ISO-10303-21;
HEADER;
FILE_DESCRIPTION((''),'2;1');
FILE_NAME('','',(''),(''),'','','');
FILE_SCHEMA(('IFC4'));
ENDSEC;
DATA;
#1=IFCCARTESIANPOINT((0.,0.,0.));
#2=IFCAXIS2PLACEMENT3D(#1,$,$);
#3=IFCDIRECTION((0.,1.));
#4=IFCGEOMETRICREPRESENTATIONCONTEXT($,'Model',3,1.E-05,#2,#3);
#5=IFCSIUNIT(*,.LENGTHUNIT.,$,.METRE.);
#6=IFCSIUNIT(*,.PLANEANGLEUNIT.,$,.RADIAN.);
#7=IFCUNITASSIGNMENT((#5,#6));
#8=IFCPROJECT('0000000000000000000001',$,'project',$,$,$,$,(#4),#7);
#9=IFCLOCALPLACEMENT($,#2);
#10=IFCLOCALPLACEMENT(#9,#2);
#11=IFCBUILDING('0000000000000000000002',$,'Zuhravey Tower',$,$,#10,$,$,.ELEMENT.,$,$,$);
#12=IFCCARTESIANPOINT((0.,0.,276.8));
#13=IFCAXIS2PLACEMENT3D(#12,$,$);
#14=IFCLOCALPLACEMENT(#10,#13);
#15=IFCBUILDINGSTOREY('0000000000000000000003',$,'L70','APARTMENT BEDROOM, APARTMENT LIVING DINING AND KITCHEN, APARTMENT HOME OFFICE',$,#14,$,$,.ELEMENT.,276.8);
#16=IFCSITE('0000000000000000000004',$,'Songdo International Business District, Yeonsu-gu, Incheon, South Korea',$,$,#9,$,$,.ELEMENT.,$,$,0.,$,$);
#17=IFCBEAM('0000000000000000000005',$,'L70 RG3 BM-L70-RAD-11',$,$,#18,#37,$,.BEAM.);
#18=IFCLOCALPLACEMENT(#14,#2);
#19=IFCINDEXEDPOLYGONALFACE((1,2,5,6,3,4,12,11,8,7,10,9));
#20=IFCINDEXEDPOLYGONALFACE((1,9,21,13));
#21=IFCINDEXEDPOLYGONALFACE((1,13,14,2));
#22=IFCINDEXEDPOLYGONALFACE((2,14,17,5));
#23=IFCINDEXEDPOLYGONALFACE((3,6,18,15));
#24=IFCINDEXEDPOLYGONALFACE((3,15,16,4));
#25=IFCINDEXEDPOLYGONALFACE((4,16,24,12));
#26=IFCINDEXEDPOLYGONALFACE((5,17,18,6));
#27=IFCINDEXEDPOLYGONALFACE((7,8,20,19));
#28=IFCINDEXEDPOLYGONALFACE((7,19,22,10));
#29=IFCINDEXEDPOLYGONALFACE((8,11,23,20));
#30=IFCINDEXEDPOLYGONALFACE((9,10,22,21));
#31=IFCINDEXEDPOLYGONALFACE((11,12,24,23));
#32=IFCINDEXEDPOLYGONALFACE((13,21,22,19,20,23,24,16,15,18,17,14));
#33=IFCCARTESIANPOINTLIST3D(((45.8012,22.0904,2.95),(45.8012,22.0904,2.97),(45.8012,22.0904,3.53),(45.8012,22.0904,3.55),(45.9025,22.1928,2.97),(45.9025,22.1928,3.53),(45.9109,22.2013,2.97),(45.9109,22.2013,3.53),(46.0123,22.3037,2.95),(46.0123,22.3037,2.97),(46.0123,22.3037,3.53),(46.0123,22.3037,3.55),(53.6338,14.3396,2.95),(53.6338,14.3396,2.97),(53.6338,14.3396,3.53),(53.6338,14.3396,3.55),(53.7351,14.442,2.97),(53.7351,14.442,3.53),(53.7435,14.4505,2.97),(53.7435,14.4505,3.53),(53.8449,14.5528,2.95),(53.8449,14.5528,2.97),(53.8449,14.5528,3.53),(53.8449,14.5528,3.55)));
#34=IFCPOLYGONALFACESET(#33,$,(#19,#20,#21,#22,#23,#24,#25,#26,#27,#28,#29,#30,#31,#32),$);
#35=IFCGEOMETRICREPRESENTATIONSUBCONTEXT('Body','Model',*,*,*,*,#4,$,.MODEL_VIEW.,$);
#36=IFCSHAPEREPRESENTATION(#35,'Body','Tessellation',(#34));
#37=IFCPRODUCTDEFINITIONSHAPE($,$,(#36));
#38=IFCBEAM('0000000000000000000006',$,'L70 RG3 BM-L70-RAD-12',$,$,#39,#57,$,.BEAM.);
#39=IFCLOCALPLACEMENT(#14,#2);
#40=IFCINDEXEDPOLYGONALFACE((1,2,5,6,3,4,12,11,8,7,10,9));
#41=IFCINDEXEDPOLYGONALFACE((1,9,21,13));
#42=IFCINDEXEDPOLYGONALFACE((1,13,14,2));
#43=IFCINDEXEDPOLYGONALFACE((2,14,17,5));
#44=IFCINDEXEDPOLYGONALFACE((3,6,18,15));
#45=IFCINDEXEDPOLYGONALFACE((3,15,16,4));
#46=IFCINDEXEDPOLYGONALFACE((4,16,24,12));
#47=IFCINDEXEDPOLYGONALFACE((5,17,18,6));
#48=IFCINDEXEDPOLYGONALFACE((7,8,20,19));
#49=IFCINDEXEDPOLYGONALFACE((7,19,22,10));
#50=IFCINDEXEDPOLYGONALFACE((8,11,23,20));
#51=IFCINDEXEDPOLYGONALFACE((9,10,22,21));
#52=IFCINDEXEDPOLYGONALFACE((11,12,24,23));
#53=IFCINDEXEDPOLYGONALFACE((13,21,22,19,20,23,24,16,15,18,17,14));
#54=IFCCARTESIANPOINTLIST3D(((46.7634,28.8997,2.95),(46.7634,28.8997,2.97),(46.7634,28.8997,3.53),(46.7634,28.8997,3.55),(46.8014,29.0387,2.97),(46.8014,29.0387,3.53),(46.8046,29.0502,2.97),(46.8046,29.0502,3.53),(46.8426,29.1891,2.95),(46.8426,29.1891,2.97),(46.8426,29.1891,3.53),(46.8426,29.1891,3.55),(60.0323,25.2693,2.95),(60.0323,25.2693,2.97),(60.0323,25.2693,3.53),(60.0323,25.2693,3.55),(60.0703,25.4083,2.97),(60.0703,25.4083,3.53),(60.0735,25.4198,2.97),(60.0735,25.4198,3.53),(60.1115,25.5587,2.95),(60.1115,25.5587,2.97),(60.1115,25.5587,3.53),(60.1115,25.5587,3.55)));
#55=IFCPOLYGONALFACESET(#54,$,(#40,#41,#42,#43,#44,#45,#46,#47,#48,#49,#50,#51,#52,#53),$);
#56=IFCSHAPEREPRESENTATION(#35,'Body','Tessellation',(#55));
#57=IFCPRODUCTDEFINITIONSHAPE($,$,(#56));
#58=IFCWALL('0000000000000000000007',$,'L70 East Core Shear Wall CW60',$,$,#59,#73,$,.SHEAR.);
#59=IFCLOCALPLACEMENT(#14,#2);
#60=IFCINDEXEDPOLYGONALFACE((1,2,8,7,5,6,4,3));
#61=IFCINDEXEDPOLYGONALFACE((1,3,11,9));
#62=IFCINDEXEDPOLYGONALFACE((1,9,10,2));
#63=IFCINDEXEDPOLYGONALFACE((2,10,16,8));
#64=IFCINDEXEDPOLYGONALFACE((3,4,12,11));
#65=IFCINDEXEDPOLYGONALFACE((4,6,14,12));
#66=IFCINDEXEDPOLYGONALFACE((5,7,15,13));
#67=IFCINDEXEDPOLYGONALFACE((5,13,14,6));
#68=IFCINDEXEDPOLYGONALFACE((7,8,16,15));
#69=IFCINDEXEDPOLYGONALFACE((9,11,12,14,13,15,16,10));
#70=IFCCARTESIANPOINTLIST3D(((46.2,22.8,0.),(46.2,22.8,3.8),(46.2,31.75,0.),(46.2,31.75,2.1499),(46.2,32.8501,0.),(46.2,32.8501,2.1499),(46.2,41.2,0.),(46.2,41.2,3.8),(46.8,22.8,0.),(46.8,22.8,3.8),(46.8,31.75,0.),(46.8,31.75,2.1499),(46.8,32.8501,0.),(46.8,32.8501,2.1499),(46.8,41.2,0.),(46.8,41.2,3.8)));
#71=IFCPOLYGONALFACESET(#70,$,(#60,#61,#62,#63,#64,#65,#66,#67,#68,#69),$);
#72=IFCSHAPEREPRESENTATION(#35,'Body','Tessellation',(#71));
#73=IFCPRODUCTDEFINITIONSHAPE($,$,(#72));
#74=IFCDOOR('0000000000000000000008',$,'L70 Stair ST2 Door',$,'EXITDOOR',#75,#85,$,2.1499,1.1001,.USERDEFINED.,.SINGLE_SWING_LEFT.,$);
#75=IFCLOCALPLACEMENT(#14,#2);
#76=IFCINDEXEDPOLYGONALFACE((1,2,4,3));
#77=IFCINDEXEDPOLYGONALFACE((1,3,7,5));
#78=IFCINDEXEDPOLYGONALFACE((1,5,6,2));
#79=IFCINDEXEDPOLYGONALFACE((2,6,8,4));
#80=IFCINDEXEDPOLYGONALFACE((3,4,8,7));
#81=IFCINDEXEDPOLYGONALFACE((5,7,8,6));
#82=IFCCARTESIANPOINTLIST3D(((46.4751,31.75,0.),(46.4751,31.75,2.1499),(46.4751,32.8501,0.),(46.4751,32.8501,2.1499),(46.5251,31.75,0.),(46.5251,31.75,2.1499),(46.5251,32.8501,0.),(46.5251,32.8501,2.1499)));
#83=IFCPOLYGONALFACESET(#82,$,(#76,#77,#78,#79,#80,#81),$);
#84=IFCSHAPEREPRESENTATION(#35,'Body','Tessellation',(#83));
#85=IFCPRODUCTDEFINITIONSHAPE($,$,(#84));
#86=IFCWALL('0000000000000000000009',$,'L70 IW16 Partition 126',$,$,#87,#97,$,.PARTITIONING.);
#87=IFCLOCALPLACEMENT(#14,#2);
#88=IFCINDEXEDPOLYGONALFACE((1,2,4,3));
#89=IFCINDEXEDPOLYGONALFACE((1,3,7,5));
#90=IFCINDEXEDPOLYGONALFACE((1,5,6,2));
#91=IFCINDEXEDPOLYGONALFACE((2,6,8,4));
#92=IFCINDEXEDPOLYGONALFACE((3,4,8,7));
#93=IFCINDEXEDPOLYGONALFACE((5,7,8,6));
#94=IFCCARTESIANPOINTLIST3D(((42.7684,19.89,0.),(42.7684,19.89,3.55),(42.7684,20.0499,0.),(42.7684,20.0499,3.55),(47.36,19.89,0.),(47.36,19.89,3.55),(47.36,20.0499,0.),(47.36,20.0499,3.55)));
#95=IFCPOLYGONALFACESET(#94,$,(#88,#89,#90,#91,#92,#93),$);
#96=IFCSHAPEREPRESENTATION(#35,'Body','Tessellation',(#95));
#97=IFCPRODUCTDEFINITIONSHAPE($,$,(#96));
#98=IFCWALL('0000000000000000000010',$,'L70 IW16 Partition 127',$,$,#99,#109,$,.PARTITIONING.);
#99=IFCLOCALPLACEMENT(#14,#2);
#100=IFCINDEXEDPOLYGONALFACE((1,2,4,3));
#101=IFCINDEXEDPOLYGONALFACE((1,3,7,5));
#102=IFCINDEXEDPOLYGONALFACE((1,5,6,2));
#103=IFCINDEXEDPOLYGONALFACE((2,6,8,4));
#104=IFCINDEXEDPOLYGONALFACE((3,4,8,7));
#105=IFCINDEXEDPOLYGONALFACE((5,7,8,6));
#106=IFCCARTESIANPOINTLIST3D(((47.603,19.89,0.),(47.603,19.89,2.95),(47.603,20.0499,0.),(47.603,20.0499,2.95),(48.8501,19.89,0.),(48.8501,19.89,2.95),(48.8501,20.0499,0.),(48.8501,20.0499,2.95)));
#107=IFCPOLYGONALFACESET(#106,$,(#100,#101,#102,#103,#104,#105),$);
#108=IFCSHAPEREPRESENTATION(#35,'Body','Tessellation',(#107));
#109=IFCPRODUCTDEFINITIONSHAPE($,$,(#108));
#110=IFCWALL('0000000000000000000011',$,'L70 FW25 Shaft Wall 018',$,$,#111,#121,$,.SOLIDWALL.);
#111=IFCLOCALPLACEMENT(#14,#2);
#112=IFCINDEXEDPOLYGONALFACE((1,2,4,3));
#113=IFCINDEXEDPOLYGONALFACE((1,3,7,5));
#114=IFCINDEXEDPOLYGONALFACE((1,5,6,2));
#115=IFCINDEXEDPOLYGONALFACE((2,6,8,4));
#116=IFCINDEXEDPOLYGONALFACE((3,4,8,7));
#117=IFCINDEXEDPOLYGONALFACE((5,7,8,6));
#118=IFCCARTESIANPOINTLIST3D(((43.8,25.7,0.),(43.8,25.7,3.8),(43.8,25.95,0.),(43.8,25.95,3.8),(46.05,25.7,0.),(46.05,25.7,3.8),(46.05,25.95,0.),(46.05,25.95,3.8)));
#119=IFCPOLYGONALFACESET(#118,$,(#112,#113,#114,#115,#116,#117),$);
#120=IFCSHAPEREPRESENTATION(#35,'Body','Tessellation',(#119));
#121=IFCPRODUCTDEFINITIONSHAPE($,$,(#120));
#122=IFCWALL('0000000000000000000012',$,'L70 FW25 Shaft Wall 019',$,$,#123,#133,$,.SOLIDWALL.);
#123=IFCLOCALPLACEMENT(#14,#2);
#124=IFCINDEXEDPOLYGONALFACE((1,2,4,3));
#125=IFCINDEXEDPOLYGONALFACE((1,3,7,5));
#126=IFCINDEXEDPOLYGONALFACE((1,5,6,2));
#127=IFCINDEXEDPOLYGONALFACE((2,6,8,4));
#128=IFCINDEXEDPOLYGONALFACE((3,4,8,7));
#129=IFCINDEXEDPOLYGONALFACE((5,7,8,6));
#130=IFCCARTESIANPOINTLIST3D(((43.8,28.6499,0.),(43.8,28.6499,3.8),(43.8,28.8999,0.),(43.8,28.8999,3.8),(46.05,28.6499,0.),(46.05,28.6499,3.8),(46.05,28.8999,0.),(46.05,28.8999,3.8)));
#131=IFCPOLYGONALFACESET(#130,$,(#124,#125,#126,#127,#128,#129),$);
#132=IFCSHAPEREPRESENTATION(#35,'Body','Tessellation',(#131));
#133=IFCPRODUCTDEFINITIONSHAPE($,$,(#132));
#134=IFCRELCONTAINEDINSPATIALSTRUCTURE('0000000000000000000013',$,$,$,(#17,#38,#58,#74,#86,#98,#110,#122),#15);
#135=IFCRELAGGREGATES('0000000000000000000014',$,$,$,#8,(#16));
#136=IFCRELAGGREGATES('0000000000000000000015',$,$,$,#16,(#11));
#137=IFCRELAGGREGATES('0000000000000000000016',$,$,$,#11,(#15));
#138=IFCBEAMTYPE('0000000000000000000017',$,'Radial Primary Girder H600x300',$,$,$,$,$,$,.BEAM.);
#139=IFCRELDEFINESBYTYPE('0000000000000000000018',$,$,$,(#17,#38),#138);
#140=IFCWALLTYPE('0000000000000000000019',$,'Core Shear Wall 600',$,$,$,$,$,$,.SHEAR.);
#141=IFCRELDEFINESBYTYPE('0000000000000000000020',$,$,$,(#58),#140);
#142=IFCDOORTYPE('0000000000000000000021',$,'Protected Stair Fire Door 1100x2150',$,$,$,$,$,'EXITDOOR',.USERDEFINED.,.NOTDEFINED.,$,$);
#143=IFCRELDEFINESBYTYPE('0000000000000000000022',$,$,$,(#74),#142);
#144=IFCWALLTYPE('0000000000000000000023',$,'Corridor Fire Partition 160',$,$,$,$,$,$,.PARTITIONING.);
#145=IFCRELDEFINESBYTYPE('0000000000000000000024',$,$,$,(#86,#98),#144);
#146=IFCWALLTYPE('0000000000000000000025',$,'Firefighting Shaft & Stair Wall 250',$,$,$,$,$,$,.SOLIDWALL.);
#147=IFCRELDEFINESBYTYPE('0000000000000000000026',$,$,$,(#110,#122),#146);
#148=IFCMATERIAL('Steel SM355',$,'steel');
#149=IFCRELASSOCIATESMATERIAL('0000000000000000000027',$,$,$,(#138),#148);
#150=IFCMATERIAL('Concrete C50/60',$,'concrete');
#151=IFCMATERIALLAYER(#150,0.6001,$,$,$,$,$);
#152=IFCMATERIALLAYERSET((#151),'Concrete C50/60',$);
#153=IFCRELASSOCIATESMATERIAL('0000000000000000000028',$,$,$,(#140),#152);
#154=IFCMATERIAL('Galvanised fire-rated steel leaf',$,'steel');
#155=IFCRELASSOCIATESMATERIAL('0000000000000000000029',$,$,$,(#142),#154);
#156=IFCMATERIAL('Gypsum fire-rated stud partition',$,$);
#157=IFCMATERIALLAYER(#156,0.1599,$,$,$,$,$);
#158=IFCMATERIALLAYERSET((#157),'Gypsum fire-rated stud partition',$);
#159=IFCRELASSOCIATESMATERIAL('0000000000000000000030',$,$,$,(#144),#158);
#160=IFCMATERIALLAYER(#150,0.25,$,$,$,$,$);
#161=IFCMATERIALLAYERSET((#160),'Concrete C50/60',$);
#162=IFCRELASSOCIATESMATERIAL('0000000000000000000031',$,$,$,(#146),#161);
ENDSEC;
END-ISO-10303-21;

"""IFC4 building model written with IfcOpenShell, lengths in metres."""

from ifc_helpers import new_model, si_unit, direction, frame, frame_2d, origin, origin_2d, place, context, subcontext, project, spatial, rectangle, i_section, extrude, material, layer, layer_set, material_profile, profile_set, type_object, element, fill, save


model = new_model("IFC4")

# Units and contexts
model_context = context("Model", 3, precision=1e-05, world=origin(), true_north=direction((0.0, 1.0)))
body_context = subcontext(model_context, "Body", "Model", "MODEL_VIEW")
ifc_project = project(units=[si_unit("LENGTHUNIT", "METRE"), si_unit("PLANEANGLEUNIT", "RADIAN")], contexts=[model_context])

# Site, building, storey
site_placement = place(None, origin())
site = spatial("IfcSite", under=ifc_project, at=site_placement, Name="Songdo International Business District, Yeonsu-gu, Incheon, South Korea", CompositionType="ELEMENT", RefElevation=0.0)
building_placement = place(site_placement, origin())
building = spatial("IfcBuilding", under=site, at=building_placement, Name="Zuhravey Tower", CompositionType="ELEMENT")
storey_placement = place(building_placement, frame((0.0, 0.0, 276.8)))
storey = spatial("IfcBuildingStorey", under=building, at=storey_placement, Name="L70", Description="APARTMENT BEDROOM, APARTMENT LIVING DINING AND KITCHEN, APARTMENT HOME OFFICE", CompositionType="ELEMENT", Elevation=276.8)

# Beams
ifc_material_1 = material(Name="Steel SM355", Category="steel")
ifc_material_profile = material_profile(ifc_material_1, i_section(OverallWidth=0.3, OverallDepth=0.6001, WebThickness=0.012, FlangeThickness=0.02, at=origin_2d()), Name="H-600x300x12x20")
ifc_profile_set = profile_set([ifc_material_profile], Name="Steel SM355")
beam_type = type_object("IfcBeamType", Name="Radial Primary Girder H600x300", PredefinedType="BEAM", material=ifc_profile_set)
beam_1_placement = place(storey_placement, frame((45.9067, 22.197, 3.25), z_axis=(0.710808, -0.703386, 0.0), x_axis=(0.703386, 0.710808, 0.0)))
element("IfcBeam", 1, at=beam_1_placement, inside=storey, type_object=beam_type, Name="L70 RG3 BM-L70-RAD-11", PredefinedType="BEAM", context=body_context, shape_type="SweptSolid", body=[
    extrude(i_section(OverallWidth=0.3, OverallDepth=0.6001, WebThickness=0.012, FlangeThickness=0.02, at=origin_2d()), origin(), (0.0, 0.0, 1.0), 11.0193),
])
beam_2_placement = place(storey_placement, frame((46.803, 29.0444, 3.25), z_axis=(0.964549, -0.263903, 0.0), x_axis=(0.263903, 0.964549, 0.0)))
element("IfcBeam", 2, at=beam_2_placement, inside=storey, type_object=beam_type, Name="L70 RG3 BM-L70-RAD-12", PredefinedType="BEAM", context=body_context, shape_type="SweptSolid", body=[
    extrude(i_section(OverallWidth=0.3, OverallDepth=0.6001, WebThickness=0.012, FlangeThickness=0.02, at=origin_2d()), origin(), (0.0, 0.0, 1.0), 13.7566),
])

# Wall, opening, door
ifc_material_2 = material(Name="Concrete C50/60", Category="concrete")
ifc_layer_1 = layer(ifc_material_2, 0.6001)
ifc_layer_set_1 = layer_set([ifc_layer_1], Name="Concrete C50/60")
wall_type_1 = type_object("IfcWallType", Name="Core Shear Wall 600", PredefinedType="SHEAR", material=ifc_layer_set_1)
wall_1_placement = place(storey_placement, frame((46.5, 22.8, 0.0), z_axis=(0.0, 0.0, 1.0), x_axis=(0.0, 1.0, 0.0)))
wall_1 = element("IfcWall", 3, at=wall_1_placement, inside=storey, type_object=wall_type_1, Name="L70 East Core Shear Wall CW60", PredefinedType="SHEAR", context=body_context, shape_type="SweptSolid", body=[
    extrude(rectangle(XDim=18.3999, YDim=0.6001, at=frame_2d((9.2, 0.0))), origin(), (0.0, 0.0, 1.0), 3.8),
])
opening_1_placement = place(wall_1_placement, frame((8.95, 0.0, 0.0)))
opening_1 = element("IfcOpeningElement", 4, at=opening_1_placement, cuts=wall_1, PredefinedType="OPENING", context=body_context, shape_type="SweptSolid", body=[
    extrude(rectangle(XDim=1.1001, YDim=2.1499, at=frame_2d((0.55, 1.075))), frame((0.0, 0.312, 0.0), z_axis=(0.0, -1.0, 0.0), x_axis=(1.0, 0.0, 0.0)), (0.0, 0.0, 1.0), 0.624),
])
ifc_material_3 = material(Name="Galvanised fire-rated steel leaf", Category="steel")
door_type_1 = type_object("IfcDoorType", Name="Protected Stair Fire Door 1100x2150", ElementType="EXITDOOR", OperationType="NOTDEFINED", PredefinedType="USERDEFINED", material=ifc_material_3)
door_1_placement = place(opening_1_placement, origin())
door_1 = element("IfcDoor", 5, at=door_1_placement, inside=storey, type_object=door_type_1, Name="L70 Stair ST2 Door", ObjectType="EXITDOOR", OperationType="SINGLE_SWING_LEFT", OverallHeight=2.1499, OverallWidth=1.1001, PredefinedType="USERDEFINED", context=body_context, shape_type="SweptSolid", body=[
    extrude(rectangle(XDim=1.1001, YDim=2.1499, at=frame_2d((0.55, 1.075))), frame((0.0, 0.0249, 0.0), z_axis=(0.0, -1.0, 0.0), x_axis=(1.0, 0.0, 0.0)), (0.0, 0.0, 1.0), 0.05),
])
fill(opening_1, door_1)
ifc_material_4 = material(Name="Gypsum fire-rated stud partition")
ifc_layer_2 = layer(ifc_material_4, 0.1599)
ifc_layer_set_2 = layer_set([ifc_layer_2], Name="Gypsum fire-rated stud partition")
wall_type_2 = type_object("IfcWallType", Name="Corridor Fire Partition 160", PredefinedType="PARTITIONING", material=ifc_layer_set_2)

# Walls
wall_2_placement = place(storey_placement, frame((42.7683, 19.97, 0.0), z_axis=(0.0, 0.0, 1.0), x_axis=(1.0, 0.0, 0.0)))
element("IfcWall", 6, at=wall_2_placement, inside=storey, type_object=wall_type_2, Name="L70 IW16 Partition 126", PredefinedType="PARTITIONING", context=body_context, shape_type="SweptSolid", body=[
    extrude(rectangle(XDim=4.5916, YDim=0.1599, at=frame_2d((2.2959, 0.0))), origin(), (0.0, 0.0, 1.0), 3.55),
])
wall_3_placement = place(storey_placement, frame((47.603, 19.97, 0.0), z_axis=(0.0, 0.0, 1.0), x_axis=(1.0, 0.0, 0.0)))
element("IfcWall", 7, at=wall_3_placement, inside=storey, type_object=wall_type_2, Name="L70 IW16 Partition 127", PredefinedType="PARTITIONING", context=body_context, shape_type="SweptSolid", body=[
    extrude(rectangle(XDim=1.2471, YDim=0.1599, at=frame_2d((0.6235, 0.0))), origin(), (0.0, 0.0, 1.0), 2.95),
])
ifc_layer_3 = layer(ifc_material_2, 0.25)
ifc_layer_set_3 = layer_set([ifc_layer_3], Name="Concrete C50/60")
wall_type_3 = type_object("IfcWallType", Name="Firefighting Shaft & Stair Wall 250", PredefinedType="SOLIDWALL", material=ifc_layer_set_3)
for number, where, z_axis, x_axis, name in (
    (8, (43.8, 25.825, 0.0), (0.0, 0.0, 1.0), (1.0, 0.0, 0.0), "L70 FW25 Shaft Wall 018"),
    (9, (43.8, 28.7749, 0.0), (0.0, 0.0, 1.0), (1.0, 0.0, 0.0), "L70 FW25 Shaft Wall 019"),
):
    element("IfcWall", number, at=place(storey_placement, frame(where, z_axis=z_axis, x_axis=x_axis)), inside=storey, type_object=wall_type_3, Name=name, PredefinedType="SOLIDWALL", context=body_context, shape_type="SweptSolid", body=[
        extrude(rectangle(XDim=2.25, YDim=0.25, at=frame_2d((1.125, 0.0))), origin(), (0.0, 0.0, 1.0), 3.8),
    ])

save(model, "model.ifc")
